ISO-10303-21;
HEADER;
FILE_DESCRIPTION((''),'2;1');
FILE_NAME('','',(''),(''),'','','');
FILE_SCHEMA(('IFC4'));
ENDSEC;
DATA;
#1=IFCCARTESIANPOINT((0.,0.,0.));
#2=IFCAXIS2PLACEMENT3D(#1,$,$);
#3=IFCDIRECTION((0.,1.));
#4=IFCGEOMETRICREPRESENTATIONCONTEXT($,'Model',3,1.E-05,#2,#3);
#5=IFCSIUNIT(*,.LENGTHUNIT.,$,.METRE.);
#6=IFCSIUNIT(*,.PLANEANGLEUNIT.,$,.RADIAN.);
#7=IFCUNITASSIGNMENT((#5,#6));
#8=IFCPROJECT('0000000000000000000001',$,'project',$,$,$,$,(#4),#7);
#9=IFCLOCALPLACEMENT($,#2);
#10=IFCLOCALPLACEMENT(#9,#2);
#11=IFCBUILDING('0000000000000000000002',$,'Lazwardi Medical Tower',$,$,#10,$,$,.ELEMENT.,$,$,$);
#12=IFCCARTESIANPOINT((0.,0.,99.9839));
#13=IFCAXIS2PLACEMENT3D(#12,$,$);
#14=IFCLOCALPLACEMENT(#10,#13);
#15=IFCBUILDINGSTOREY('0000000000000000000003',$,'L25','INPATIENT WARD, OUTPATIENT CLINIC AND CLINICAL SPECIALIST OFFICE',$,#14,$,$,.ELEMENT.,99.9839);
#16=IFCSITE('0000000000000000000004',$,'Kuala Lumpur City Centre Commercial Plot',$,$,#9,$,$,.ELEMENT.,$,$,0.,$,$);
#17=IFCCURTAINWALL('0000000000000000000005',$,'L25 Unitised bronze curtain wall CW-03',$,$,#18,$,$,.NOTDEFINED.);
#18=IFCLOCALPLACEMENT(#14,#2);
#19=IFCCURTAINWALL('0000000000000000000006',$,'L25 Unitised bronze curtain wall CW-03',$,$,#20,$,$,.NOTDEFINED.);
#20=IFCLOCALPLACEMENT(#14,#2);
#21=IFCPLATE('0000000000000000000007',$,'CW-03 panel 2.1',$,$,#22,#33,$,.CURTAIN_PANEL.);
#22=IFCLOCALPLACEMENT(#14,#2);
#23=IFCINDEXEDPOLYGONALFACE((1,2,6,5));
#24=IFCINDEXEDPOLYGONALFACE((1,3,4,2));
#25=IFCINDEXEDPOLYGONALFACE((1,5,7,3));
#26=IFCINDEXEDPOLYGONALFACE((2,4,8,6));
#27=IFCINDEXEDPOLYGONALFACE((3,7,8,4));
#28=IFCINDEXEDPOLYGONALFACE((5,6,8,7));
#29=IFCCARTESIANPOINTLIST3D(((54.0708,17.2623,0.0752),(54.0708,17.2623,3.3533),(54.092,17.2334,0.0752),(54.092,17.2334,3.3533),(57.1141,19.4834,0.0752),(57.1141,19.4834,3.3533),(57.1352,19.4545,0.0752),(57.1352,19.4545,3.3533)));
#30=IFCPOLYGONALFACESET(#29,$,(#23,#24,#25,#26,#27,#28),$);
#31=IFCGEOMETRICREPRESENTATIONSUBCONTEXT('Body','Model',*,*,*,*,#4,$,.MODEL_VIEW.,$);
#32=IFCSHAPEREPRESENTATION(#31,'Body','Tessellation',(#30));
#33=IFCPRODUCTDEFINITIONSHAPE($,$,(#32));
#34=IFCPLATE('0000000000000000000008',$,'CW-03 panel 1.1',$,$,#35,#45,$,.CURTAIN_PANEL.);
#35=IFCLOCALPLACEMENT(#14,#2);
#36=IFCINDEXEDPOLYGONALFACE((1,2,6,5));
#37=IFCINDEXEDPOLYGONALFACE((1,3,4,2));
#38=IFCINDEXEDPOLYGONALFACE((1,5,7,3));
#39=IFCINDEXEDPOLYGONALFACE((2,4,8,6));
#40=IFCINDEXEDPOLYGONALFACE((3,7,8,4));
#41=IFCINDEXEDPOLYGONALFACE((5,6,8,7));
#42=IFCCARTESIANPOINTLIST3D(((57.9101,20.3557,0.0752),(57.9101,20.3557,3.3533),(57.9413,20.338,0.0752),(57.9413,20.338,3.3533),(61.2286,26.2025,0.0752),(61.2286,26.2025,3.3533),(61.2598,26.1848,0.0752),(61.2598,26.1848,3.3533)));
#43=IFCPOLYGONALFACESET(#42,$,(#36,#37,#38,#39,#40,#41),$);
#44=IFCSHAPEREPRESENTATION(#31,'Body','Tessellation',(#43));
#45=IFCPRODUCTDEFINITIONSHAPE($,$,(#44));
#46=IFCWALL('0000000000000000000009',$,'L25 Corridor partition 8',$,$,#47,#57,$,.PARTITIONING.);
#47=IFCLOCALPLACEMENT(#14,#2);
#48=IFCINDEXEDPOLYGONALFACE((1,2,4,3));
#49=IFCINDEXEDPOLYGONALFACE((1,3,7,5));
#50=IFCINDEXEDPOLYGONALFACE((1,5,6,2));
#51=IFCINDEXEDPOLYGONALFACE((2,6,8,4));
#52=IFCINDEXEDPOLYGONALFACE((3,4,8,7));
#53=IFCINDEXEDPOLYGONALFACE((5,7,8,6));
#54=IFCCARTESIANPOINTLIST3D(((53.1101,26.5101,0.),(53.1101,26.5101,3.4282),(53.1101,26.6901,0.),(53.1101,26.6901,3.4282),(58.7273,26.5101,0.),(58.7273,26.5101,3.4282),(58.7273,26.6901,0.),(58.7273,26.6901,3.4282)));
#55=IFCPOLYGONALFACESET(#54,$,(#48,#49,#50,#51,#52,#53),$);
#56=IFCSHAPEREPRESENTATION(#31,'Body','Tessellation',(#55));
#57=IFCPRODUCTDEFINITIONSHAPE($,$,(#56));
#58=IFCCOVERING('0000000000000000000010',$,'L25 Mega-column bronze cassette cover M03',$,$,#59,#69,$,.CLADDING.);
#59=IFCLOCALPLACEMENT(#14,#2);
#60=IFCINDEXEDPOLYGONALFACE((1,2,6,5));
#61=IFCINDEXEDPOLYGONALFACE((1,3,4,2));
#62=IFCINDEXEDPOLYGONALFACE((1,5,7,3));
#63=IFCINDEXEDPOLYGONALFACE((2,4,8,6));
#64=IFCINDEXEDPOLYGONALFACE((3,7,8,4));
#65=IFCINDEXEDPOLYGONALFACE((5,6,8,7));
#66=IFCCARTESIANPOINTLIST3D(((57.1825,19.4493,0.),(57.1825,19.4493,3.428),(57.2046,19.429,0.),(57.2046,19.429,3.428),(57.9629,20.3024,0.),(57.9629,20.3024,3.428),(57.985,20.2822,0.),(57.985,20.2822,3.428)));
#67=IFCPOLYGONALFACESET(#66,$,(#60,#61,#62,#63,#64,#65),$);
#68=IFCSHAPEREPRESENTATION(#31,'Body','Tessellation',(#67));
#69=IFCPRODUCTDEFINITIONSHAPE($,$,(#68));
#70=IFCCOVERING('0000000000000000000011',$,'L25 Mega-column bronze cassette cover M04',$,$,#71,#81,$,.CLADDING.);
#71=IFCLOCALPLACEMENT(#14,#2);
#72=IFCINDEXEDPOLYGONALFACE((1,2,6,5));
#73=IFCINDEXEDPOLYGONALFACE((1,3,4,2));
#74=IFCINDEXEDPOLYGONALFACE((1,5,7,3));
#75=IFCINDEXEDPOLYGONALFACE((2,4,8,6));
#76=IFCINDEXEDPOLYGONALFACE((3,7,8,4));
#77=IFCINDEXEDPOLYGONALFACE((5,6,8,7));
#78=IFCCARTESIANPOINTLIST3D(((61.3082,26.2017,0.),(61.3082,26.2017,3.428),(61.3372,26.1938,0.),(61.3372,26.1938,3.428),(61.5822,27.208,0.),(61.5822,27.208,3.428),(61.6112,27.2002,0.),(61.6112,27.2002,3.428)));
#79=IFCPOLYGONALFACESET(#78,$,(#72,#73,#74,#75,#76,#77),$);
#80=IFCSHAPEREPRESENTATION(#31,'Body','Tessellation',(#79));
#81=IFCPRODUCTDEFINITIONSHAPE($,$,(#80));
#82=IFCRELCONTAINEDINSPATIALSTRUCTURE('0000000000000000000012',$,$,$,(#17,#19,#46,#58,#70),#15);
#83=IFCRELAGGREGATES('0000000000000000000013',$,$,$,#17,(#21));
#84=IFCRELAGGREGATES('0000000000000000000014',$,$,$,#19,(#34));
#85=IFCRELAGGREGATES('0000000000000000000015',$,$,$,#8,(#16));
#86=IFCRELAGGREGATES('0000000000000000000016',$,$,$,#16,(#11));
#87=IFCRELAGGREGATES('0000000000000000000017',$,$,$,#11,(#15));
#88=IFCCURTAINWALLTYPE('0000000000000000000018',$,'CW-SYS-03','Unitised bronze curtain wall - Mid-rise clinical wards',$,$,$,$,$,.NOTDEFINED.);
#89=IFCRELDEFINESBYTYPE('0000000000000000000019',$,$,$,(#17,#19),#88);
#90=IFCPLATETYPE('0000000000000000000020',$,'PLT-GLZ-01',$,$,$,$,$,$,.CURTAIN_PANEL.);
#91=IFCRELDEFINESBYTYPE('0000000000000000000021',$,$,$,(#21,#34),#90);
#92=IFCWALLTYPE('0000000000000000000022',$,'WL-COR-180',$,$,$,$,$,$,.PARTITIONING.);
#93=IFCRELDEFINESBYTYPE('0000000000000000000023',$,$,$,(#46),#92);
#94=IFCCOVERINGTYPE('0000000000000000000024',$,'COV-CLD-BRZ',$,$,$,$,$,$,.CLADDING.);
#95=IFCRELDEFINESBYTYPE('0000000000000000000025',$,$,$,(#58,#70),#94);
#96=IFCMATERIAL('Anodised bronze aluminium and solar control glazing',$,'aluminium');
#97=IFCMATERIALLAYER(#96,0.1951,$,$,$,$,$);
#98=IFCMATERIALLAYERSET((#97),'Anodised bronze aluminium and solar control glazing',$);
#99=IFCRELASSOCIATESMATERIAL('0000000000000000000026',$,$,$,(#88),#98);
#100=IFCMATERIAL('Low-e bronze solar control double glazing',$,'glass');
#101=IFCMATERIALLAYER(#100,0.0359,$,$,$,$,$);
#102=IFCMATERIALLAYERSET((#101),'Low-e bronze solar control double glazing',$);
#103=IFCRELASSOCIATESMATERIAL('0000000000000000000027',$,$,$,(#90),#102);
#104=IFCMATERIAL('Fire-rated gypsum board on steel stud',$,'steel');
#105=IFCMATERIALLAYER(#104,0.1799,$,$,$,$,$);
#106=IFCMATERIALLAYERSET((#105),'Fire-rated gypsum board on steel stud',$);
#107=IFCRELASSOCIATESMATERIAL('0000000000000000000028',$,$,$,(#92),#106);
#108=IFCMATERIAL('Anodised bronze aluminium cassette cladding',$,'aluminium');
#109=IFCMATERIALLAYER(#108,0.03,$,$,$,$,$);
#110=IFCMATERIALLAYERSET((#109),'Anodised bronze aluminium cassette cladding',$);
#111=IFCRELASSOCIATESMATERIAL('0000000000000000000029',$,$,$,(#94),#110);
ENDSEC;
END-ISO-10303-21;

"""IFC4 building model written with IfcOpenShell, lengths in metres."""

from ifc_helpers import new_model, si_unit, direction, frame, frame_2d, origin, origin_2d, place, context, subcontext, project, spatial, rectangle, extrude, material, layer, layer_set, type_object, element, aggregate, save


model = new_model("IFC4")

# Units and contexts
model_context = context("Model", 3, precision=1e-05, world=origin(), true_north=direction((0.0, 1.0)))
body_context = subcontext(model_context, "Body", "Model", "MODEL_VIEW")
ifc_project = project(units=[si_unit("LENGTHUNIT", "METRE"), si_unit("PLANEANGLEUNIT", "RADIAN")], contexts=[model_context])

# Site, building, storey
site_placement = place(None, origin())
site = spatial("IfcSite", under=ifc_project, at=site_placement, Name="Kuala Lumpur City Centre Commercial Plot", CompositionType="ELEMENT", RefElevation=0.0)
building_placement = place(site_placement, origin())
building = spatial("IfcBuilding", under=site, at=building_placement, Name="Lazwardi Medical Tower", CompositionType="ELEMENT")
storey_placement = place(building_placement, frame((0.0, 0.0, 99.9839)))
storey = spatial("IfcBuildingStorey", under=building, at=storey_placement, Name="L25", Description="INPATIENT WARD, OUTPATIENT CLINIC AND CLINICAL SPECIALIST OFFICE", CompositionType="ELEMENT", Elevation=99.9839)

# Curtain walls
ifc_material_1 = material(Name="Anodised bronze aluminium and solar control glazing", Category="aluminium")
ifc_layer_1 = layer(ifc_material_1, 0.1951)
ifc_layer_set_1 = layer_set([ifc_layer_1], Name="Anodised bronze aluminium and solar control glazing")
curtain_wall_type = type_object("IfcCurtainWallType", Name="CW-SYS-03", Description="Unitised bronze curtain wall - Mid-rise clinical wards", PredefinedType="NOTDEFINED", material=ifc_layer_set_1)
curtain_wall_1_placement = place(storey_placement, origin())
curtain_wall_1 = element("IfcCurtainWall", 1, at=curtain_wall_1_placement, inside=storey, type_object=curtain_wall_type, Name="L25 Unitised bronze curtain wall CW-03", PredefinedType="NOTDEFINED")
curtain_wall_2_placement = place(storey_placement, origin())
curtain_wall_2 = element("IfcCurtainWall", 2, at=curtain_wall_2_placement, inside=storey, type_object=curtain_wall_type, Name="L25 Unitised bronze curtain wall CW-03", PredefinedType="NOTDEFINED")

# Plates
ifc_material_2 = material(Name="Low-e bronze solar control double glazing", Category="glass")
ifc_layer_2 = layer(ifc_material_2, 0.0359)
ifc_layer_set_2 = layer_set([ifc_layer_2], Name="Low-e bronze solar control double glazing")
plate_type = type_object("IfcPlateType", Name="PLT-GLZ-01", PredefinedType="CURTAIN_PANEL", material=ifc_layer_set_2)
plate_1_placement = place(storey_placement, frame((55.603, 18.3584, 0.0752), z_axis=(0.0, 0.0, 1.0), x_axis=(0.807746, 0.589531, 0.0)))
plate_1 = element("IfcPlate", 3, at=plate_1_placement, type_object=plate_type, Name="CW-03 panel 2.1", PredefinedType="CURTAIN_PANEL", context=body_context, shape_type="SweptSolid", body=[
    extrude(rectangle(XDim=3.7676, YDim=0.0359, at=origin_2d()), origin(), (0.0, 0.0, 1.0), 3.2781),
])
aggregate(curtain_wall_1, [plate_1])
plate_2_placement = place(storey_placement, frame((59.585, 23.2703, 0.0752), z_axis=(0.0, 0.0, 1.0), x_axis=(0.493603, 0.869687, 0.0)))
plate_2 = element("IfcPlate", 4, at=plate_2_placement, type_object=plate_type, Name="CW-03 panel 1.1", PredefinedType="CURTAIN_PANEL", context=body_context, shape_type="SweptSolid", body=[
    extrude(rectangle(XDim=6.7229, YDim=0.0359, at=origin_2d()), origin(), (0.0, 0.0, 1.0), 3.2781),
])
aggregate(curtain_wall_2, [plate_2])

# Wall
ifc_material_3 = material(Name="Fire-rated gypsum board on steel stud", Category="steel")
ifc_layer_3 = layer(ifc_material_3, 0.1799)
ifc_layer_set_3 = layer_set([ifc_layer_3], Name="Fire-rated gypsum board on steel stud")
wall_type = type_object("IfcWallType", Name="WL-COR-180", PredefinedType="PARTITIONING", material=ifc_layer_set_3)
wall_placement = place(storey_placement, frame((58.7273, 26.6001, 0.0), z_axis=(0.0, 0.0, 1.0), x_axis=(-1.0, 0.0, 0.0)))
element("IfcWall", 5, at=wall_placement, inside=storey, type_object=wall_type, Name="L25 Corridor partition 8", PredefinedType="PARTITIONING", context=body_context, shape_type="SweptSolid", body=[
    extrude(rectangle(XDim=5.6172, YDim=0.1799, at=frame_2d((2.8086, 0.0))), origin(), (0.0, 0.0, 1.0), 3.4282),
])

# Coverings
ifc_material_4 = material(Name="Anodised bronze aluminium cassette cladding", Category="aluminium")
ifc_layer_4 = layer(ifc_material_4, 0.03)
ifc_layer_set_4 = layer_set([ifc_layer_4], Name="Anodised bronze aluminium cassette cladding")
covering_type = type_object("IfcCoveringType", Name="COV-CLD-BRZ", PredefinedType="CLADDING", material=ifc_layer_set_4)
covering_1_placement = place(storey_placement, frame((57.5837, 19.8657, 0.0), z_axis=(0.0, 0.0, 1.0), x_axis=(0.674926, 0.737885, 0.0)))
element("IfcCovering", 6, at=covering_1_placement, inside=storey, type_object=covering_type, Name="L25 Mega-column bronze cassette cover M03", PredefinedType="CLADDING", context=body_context, shape_type="SweptSolid", body=[
    extrude(rectangle(XDim=1.1562, YDim=0.03, at=origin_2d()), origin(), (0.0, 0.0, 1.0), 3.428),
])
covering_2_placement = place(storey_placement, frame((61.4597, 26.7009, 0.0), z_axis=(0.0, 0.0, 1.0), x_axis=(0.262696, 0.964879, 0.0)))
element("IfcCovering", 7, at=covering_2_placement, inside=storey, type_object=covering_type, Name="L25 Mega-column bronze cassette cover M04", PredefinedType="CLADDING", context=body_context, shape_type="SweptSolid", body=[
    extrude(rectangle(XDim=1.043, YDim=0.03, at=origin_2d()), origin(), (0.0, 0.0, 1.0), 3.428),
])

save(model, "model.ifc")
